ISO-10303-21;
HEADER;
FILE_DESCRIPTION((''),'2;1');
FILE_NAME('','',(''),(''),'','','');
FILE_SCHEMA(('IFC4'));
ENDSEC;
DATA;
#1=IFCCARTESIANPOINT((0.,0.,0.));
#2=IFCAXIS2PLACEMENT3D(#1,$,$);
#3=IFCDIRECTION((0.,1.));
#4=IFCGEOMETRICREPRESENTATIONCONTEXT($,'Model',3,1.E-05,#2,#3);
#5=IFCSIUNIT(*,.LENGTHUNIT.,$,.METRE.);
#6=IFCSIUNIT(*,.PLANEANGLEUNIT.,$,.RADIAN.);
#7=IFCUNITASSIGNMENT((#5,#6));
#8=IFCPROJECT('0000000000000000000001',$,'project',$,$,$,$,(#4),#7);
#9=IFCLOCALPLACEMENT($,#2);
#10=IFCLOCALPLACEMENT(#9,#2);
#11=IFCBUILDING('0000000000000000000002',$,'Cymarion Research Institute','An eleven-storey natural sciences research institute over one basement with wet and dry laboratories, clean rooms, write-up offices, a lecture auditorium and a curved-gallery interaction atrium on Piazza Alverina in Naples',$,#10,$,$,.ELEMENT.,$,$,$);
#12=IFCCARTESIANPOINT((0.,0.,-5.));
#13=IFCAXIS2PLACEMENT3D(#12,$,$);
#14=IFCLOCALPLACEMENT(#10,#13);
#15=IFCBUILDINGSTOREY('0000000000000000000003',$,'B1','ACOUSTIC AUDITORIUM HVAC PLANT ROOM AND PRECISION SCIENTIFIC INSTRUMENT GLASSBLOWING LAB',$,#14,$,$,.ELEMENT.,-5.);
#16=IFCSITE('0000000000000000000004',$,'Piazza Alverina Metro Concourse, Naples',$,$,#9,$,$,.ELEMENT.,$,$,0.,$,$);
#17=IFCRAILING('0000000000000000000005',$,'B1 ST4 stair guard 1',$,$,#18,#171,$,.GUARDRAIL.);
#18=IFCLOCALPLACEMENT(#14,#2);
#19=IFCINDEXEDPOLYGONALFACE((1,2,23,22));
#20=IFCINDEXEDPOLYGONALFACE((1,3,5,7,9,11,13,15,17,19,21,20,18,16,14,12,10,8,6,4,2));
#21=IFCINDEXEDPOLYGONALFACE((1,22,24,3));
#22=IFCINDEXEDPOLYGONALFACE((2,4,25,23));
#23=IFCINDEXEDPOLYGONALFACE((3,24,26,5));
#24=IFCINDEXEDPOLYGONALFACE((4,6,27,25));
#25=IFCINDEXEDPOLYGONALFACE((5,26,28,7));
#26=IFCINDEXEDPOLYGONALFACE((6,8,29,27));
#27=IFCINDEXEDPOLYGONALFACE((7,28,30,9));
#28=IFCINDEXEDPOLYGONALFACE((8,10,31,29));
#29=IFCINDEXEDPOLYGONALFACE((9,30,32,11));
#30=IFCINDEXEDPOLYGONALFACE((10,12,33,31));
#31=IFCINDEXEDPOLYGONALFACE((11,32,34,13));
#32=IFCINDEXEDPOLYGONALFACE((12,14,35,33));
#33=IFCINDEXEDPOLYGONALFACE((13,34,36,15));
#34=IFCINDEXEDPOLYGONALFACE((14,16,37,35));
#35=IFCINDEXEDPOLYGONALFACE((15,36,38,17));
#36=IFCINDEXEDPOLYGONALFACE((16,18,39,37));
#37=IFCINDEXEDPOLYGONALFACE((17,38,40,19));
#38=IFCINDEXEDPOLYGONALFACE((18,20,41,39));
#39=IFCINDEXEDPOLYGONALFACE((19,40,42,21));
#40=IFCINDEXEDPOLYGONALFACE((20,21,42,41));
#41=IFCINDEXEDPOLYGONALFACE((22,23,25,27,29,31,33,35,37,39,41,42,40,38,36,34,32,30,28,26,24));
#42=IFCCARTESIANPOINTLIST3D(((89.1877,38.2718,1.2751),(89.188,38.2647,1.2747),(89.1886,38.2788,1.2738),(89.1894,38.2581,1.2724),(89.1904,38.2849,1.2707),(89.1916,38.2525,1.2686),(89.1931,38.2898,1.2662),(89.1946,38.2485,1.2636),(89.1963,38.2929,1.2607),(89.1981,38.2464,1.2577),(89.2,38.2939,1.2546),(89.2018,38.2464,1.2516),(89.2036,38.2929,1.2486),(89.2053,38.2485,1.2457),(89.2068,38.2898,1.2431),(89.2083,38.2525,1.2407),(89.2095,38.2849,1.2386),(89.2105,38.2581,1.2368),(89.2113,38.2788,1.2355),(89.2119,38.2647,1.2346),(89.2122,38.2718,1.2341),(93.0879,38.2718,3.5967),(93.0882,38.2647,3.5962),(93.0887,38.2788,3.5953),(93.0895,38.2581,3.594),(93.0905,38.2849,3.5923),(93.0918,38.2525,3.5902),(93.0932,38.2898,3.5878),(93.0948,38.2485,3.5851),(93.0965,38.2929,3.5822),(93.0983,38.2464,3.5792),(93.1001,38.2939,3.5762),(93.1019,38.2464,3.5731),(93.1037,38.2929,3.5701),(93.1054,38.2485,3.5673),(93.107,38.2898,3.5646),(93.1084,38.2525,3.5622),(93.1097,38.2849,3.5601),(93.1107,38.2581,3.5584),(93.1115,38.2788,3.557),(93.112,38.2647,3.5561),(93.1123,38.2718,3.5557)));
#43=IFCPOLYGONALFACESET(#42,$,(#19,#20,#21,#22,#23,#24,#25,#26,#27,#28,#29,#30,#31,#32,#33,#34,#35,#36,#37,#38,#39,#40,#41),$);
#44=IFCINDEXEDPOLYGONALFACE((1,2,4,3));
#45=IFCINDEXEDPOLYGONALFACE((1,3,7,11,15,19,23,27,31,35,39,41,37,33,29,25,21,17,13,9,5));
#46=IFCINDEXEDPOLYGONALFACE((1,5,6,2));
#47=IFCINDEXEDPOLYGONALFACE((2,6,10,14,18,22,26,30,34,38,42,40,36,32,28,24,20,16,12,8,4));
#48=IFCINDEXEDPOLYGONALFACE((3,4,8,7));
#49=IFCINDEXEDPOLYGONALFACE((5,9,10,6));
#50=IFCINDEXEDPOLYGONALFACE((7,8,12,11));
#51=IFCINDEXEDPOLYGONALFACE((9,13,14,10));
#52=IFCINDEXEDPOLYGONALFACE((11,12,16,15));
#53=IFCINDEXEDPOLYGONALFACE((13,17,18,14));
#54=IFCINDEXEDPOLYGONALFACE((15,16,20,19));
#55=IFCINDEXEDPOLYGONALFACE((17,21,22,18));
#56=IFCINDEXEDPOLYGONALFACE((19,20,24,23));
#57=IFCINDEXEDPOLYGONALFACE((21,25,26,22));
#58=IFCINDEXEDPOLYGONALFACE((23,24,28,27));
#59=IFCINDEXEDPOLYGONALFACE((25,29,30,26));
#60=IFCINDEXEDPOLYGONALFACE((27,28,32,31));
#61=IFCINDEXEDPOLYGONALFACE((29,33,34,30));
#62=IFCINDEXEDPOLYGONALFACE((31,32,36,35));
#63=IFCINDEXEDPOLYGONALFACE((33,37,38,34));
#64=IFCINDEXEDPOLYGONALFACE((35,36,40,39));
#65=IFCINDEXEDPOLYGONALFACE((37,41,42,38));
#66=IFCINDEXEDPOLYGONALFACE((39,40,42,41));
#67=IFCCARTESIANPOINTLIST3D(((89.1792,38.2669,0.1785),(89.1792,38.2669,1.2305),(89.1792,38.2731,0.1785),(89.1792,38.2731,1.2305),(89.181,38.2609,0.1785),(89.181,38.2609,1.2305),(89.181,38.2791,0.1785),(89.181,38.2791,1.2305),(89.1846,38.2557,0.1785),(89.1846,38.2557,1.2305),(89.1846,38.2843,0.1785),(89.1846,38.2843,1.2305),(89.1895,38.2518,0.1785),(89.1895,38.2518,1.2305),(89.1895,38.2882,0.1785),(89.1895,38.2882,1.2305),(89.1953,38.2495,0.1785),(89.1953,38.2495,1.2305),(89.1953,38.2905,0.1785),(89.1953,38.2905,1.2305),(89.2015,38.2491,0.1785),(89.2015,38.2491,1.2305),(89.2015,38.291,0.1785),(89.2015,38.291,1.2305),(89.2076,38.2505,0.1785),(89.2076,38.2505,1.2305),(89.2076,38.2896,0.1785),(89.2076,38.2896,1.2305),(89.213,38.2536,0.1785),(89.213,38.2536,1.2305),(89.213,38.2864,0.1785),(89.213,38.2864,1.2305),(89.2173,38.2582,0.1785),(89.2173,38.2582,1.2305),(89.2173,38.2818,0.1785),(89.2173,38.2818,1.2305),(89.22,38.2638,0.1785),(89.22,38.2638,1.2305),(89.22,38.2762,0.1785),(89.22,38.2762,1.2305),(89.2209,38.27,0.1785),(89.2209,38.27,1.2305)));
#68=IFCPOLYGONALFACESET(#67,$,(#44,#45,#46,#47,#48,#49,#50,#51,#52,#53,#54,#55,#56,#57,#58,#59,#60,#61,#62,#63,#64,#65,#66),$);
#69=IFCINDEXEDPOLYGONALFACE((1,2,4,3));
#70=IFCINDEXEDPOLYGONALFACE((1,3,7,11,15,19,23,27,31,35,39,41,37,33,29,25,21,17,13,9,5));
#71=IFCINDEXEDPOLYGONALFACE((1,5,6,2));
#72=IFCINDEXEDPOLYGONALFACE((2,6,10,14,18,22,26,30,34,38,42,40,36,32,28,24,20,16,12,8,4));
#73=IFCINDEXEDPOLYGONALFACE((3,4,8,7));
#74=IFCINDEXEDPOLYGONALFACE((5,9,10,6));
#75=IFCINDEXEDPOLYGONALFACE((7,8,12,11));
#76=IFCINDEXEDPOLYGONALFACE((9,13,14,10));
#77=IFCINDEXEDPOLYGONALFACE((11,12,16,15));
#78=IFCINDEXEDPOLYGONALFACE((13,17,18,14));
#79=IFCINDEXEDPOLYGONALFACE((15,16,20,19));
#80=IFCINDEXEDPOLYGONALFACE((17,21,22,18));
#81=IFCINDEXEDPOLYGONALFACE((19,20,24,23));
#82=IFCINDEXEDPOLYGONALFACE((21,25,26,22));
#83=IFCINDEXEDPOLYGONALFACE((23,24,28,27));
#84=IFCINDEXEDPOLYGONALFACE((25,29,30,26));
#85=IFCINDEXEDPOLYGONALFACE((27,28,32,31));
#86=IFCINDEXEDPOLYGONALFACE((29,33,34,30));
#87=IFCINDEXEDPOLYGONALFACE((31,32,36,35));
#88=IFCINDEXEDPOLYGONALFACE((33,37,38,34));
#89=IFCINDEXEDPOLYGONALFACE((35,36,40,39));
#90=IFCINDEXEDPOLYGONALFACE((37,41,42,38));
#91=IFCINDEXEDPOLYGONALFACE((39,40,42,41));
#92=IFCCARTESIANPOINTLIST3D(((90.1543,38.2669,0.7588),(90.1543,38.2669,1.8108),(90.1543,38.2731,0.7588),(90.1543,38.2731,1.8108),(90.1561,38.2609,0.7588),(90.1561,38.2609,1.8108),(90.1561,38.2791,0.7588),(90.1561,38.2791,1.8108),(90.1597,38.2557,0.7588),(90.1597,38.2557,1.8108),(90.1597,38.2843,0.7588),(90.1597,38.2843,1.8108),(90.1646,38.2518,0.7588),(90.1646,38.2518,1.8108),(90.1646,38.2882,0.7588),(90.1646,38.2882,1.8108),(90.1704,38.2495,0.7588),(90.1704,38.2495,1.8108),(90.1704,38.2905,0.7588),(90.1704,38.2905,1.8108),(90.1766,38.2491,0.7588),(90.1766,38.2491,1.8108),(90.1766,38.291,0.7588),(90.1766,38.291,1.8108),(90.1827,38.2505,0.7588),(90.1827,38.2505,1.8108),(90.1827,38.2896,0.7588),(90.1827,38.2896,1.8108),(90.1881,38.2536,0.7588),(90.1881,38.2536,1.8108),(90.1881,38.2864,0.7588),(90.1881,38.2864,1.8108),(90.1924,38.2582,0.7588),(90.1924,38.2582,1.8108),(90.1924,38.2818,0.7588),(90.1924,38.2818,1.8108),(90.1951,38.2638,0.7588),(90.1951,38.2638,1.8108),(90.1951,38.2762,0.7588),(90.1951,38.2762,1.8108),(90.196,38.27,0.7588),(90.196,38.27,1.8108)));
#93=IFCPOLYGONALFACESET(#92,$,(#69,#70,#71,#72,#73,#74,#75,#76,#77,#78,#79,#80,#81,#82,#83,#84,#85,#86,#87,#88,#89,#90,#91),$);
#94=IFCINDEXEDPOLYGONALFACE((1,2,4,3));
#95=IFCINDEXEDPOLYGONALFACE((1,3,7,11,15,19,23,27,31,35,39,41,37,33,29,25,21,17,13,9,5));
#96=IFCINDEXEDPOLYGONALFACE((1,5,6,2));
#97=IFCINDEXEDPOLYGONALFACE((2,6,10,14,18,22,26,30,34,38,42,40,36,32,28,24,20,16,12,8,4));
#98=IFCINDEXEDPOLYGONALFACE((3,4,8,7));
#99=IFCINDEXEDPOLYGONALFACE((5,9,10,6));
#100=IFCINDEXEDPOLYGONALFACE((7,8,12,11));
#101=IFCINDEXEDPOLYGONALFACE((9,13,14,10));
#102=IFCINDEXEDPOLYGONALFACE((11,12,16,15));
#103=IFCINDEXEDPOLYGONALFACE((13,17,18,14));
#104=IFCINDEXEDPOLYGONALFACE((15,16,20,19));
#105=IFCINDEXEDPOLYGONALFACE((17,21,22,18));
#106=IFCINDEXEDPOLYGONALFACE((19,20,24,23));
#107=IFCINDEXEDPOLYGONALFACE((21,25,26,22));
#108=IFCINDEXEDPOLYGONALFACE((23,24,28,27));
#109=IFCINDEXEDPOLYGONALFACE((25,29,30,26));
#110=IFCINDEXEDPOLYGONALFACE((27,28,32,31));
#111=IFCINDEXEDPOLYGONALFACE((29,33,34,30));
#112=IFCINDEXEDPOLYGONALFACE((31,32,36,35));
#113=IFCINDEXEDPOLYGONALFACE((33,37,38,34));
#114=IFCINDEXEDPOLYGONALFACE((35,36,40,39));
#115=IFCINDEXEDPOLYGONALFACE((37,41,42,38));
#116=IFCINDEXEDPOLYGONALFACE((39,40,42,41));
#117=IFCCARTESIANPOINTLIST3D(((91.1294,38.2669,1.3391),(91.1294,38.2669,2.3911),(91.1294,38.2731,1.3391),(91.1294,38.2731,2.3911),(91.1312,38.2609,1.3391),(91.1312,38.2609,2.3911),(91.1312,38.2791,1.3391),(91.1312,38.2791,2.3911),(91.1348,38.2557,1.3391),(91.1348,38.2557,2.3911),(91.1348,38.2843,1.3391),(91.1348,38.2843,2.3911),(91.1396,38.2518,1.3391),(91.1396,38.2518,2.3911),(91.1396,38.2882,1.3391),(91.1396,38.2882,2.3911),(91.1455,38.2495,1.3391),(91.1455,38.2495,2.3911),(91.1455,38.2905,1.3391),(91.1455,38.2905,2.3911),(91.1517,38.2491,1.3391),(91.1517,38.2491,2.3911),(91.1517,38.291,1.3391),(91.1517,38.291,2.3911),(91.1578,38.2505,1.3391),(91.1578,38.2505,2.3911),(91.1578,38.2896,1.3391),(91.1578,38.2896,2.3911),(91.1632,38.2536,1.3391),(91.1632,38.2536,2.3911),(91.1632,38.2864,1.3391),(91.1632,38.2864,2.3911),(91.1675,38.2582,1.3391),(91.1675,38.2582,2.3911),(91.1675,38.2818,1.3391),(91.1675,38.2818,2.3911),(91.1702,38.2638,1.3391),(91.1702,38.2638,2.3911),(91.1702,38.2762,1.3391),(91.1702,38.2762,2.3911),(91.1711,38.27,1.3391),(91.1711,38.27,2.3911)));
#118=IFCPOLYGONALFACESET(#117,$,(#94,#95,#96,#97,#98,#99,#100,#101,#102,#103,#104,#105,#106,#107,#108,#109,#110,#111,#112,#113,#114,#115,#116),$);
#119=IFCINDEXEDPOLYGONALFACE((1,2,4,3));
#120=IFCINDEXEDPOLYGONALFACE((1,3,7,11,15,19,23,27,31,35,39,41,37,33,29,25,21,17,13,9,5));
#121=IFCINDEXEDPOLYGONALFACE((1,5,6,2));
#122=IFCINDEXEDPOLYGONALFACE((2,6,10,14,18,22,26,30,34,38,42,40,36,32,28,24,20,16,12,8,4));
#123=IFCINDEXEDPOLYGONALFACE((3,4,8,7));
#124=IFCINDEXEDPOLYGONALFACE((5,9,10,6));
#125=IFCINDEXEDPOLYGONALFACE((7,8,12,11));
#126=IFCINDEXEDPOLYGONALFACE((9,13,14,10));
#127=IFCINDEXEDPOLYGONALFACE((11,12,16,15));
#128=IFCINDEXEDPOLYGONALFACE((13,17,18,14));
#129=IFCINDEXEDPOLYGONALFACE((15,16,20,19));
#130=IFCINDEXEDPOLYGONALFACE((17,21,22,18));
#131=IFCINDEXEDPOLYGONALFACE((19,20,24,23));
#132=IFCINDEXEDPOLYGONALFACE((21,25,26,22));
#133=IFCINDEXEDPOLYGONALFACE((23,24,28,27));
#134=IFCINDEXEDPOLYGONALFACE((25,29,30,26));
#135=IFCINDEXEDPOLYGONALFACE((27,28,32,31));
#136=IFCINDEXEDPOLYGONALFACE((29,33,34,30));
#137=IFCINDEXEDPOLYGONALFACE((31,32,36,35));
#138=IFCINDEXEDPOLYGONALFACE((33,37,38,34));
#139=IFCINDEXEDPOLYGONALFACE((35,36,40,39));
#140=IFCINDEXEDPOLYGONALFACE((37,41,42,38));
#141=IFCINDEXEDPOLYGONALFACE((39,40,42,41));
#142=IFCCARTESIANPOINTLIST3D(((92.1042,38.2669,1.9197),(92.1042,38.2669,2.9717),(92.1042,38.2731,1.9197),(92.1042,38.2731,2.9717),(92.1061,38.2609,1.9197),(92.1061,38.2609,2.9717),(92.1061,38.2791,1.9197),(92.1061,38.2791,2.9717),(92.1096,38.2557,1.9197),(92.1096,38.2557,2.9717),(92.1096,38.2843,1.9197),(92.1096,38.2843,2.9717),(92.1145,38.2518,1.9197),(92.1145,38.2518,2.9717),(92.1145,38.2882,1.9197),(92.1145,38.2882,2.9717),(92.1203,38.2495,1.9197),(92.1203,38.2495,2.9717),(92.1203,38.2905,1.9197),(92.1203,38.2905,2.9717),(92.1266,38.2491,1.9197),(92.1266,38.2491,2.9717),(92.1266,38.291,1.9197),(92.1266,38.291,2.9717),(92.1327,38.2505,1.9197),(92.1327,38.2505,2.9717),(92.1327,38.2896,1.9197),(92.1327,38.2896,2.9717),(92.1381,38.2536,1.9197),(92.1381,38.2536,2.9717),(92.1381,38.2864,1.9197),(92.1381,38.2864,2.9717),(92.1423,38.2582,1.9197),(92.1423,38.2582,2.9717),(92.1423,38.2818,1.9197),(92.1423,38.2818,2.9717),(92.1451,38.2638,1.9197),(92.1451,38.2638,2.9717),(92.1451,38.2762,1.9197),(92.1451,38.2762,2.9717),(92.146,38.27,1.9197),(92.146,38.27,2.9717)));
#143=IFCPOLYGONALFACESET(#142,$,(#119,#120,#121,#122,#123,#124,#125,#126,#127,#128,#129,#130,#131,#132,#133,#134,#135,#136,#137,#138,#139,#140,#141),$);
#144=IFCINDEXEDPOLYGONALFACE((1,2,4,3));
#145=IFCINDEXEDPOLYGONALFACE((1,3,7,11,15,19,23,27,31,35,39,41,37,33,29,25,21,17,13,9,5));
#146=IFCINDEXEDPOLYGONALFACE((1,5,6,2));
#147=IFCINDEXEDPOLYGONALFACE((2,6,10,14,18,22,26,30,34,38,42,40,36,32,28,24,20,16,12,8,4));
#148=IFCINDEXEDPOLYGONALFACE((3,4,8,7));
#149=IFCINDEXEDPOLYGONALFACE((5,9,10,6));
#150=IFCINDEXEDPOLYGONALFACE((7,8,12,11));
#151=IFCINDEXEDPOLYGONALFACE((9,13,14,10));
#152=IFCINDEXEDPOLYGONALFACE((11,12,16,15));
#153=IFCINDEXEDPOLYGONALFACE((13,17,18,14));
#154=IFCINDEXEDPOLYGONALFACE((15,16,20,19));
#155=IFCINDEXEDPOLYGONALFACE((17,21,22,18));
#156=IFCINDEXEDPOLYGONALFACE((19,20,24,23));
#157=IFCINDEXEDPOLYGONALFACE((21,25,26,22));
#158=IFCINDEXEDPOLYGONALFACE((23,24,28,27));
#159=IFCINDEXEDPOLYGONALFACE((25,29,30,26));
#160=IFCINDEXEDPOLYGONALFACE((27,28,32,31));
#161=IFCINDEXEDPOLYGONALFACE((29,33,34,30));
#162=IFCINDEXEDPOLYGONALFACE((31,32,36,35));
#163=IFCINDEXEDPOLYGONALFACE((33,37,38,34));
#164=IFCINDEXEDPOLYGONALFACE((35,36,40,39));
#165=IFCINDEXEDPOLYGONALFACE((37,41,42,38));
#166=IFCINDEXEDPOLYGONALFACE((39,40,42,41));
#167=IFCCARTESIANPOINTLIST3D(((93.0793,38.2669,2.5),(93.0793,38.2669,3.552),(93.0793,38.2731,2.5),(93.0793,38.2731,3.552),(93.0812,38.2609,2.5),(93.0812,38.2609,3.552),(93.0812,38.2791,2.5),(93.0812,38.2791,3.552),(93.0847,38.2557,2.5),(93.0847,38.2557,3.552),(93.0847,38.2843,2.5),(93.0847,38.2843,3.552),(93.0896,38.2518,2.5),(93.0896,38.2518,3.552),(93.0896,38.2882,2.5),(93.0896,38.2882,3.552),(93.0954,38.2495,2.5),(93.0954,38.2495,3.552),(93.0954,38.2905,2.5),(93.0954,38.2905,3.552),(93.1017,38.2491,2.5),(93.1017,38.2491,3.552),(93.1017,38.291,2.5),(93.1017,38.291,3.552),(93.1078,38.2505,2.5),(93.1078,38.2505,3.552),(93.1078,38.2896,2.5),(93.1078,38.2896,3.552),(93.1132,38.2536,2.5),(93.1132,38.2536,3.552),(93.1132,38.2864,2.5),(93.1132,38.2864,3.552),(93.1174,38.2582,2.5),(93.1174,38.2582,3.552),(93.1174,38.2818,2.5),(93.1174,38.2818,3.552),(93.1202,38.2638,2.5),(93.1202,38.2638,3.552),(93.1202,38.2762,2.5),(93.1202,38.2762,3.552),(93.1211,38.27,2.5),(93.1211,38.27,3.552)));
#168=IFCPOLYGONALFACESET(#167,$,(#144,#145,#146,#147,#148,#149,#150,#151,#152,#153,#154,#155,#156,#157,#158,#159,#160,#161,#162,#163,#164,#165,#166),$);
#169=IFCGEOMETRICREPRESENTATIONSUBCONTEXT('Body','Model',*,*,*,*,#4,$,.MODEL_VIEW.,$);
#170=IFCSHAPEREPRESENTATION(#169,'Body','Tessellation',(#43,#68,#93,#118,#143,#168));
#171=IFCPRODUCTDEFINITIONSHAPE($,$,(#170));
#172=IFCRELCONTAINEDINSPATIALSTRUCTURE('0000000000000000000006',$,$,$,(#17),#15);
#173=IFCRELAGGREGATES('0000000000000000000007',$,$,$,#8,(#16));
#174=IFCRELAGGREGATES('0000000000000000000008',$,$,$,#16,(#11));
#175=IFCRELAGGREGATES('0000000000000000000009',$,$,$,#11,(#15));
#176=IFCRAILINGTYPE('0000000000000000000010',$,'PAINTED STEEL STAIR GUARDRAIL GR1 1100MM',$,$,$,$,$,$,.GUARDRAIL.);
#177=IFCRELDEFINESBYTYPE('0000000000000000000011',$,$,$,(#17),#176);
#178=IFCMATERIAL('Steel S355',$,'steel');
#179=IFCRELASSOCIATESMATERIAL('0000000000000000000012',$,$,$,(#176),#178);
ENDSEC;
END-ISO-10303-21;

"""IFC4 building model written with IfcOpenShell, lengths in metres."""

from ifc_helpers import new_model, si_unit, direction, frame, origin, origin_2d, place, context, subcontext, project, spatial, circle, extrude, material, type_object, element, save


model = new_model("IFC4")

# Units and contexts
model_context = context("Model", 3, precision=1e-05, world=origin(), true_north=direction((0.0, 1.0)))
body_context = subcontext(model_context, "Body", "Model", "MODEL_VIEW")
ifc_project = project(units=[si_unit("LENGTHUNIT", "METRE"), si_unit("PLANEANGLEUNIT", "RADIAN")], contexts=[model_context])

# Site, building, storey
site_placement = place(None, origin())
site = spatial("IfcSite", under=ifc_project, at=site_placement, Name="Piazza Alverina Metro Concourse, Naples", CompositionType="ELEMENT", RefElevation=0.0)
building_placement = place(site_placement, origin())
building = spatial("IfcBuilding", under=site, at=building_placement, Name="Cymarion Research Institute", Description="An eleven-storey natural sciences research institute over one basement with wet and dry laboratories, clean rooms, write-up offices, a lecture auditorium and a curved-gallery interaction atrium on Piazza Alverina in Naples", CompositionType="ELEMENT")
storey_placement = place(building_placement, frame((0.0, 0.0, -5.0)))
storey = spatial("IfcBuildingStorey", under=building, at=storey_placement, Name="B1", Description="ACOUSTIC AUDITORIUM HVAC PLANT ROOM AND PRECISION SCIENTIFIC INSTRUMENT GLASSBLOWING LAB", CompositionType="ELEMENT", Elevation=-5.0)

# Shared definitions
ifc_material_1 = material(Name="Steel S355", Category="steel")

# Railing
railing_type_1 = type_object("IfcRailingType", Name="PAINTED STEEL STAIR GUARDRAIL GR1 1100MM", PredefinedType="GUARDRAIL", material=ifc_material_1)
railing_1_placement = place(storey_placement, frame((89.2, 38.27, 0.1785)))
element("IfcRailing", 1, at=railing_1_placement, inside=storey, type_object=railing_type_1, Name="B1 ST4 stair guard 1", PredefinedType="GUARDRAIL", context=body_context, shape_type="SweptSolid", body=[
    extrude(circle(Radius=0.0239, at=origin_2d()), frame((0.0, 0.0, 1.0762), z_axis=(0.859291, 0.0, 0.511487), x_axis=(0.0, 1.0, 0.0)), (0.0, 0.0, 1.0), 4.5388),
    extrude(circle(Radius=0.021, at=origin_2d()), origin(), (0.0, 0.0, 1.0), 1.052),
    extrude(circle(Radius=0.021, at=origin_2d()), frame((0.9751, 0.0, 0.5803)), (0.0, 0.0, 1.0), 1.052),
    extrude(circle(Radius=0.021, at=origin_2d()), frame((1.9502, 0.0, 1.1606)), (0.0, 0.0, 1.0), 1.052),
    extrude(circle(Radius=0.021, at=origin_2d()), frame((2.925, 0.0, 1.7412)), (0.0, 0.0, 1.0), 1.052),
    extrude(circle(Radius=0.021, at=origin_2d()), frame((3.9001, 0.0, 2.3215)), (0.0, 0.0, 1.0), 1.052),
])

save(model, "model.ifc")
